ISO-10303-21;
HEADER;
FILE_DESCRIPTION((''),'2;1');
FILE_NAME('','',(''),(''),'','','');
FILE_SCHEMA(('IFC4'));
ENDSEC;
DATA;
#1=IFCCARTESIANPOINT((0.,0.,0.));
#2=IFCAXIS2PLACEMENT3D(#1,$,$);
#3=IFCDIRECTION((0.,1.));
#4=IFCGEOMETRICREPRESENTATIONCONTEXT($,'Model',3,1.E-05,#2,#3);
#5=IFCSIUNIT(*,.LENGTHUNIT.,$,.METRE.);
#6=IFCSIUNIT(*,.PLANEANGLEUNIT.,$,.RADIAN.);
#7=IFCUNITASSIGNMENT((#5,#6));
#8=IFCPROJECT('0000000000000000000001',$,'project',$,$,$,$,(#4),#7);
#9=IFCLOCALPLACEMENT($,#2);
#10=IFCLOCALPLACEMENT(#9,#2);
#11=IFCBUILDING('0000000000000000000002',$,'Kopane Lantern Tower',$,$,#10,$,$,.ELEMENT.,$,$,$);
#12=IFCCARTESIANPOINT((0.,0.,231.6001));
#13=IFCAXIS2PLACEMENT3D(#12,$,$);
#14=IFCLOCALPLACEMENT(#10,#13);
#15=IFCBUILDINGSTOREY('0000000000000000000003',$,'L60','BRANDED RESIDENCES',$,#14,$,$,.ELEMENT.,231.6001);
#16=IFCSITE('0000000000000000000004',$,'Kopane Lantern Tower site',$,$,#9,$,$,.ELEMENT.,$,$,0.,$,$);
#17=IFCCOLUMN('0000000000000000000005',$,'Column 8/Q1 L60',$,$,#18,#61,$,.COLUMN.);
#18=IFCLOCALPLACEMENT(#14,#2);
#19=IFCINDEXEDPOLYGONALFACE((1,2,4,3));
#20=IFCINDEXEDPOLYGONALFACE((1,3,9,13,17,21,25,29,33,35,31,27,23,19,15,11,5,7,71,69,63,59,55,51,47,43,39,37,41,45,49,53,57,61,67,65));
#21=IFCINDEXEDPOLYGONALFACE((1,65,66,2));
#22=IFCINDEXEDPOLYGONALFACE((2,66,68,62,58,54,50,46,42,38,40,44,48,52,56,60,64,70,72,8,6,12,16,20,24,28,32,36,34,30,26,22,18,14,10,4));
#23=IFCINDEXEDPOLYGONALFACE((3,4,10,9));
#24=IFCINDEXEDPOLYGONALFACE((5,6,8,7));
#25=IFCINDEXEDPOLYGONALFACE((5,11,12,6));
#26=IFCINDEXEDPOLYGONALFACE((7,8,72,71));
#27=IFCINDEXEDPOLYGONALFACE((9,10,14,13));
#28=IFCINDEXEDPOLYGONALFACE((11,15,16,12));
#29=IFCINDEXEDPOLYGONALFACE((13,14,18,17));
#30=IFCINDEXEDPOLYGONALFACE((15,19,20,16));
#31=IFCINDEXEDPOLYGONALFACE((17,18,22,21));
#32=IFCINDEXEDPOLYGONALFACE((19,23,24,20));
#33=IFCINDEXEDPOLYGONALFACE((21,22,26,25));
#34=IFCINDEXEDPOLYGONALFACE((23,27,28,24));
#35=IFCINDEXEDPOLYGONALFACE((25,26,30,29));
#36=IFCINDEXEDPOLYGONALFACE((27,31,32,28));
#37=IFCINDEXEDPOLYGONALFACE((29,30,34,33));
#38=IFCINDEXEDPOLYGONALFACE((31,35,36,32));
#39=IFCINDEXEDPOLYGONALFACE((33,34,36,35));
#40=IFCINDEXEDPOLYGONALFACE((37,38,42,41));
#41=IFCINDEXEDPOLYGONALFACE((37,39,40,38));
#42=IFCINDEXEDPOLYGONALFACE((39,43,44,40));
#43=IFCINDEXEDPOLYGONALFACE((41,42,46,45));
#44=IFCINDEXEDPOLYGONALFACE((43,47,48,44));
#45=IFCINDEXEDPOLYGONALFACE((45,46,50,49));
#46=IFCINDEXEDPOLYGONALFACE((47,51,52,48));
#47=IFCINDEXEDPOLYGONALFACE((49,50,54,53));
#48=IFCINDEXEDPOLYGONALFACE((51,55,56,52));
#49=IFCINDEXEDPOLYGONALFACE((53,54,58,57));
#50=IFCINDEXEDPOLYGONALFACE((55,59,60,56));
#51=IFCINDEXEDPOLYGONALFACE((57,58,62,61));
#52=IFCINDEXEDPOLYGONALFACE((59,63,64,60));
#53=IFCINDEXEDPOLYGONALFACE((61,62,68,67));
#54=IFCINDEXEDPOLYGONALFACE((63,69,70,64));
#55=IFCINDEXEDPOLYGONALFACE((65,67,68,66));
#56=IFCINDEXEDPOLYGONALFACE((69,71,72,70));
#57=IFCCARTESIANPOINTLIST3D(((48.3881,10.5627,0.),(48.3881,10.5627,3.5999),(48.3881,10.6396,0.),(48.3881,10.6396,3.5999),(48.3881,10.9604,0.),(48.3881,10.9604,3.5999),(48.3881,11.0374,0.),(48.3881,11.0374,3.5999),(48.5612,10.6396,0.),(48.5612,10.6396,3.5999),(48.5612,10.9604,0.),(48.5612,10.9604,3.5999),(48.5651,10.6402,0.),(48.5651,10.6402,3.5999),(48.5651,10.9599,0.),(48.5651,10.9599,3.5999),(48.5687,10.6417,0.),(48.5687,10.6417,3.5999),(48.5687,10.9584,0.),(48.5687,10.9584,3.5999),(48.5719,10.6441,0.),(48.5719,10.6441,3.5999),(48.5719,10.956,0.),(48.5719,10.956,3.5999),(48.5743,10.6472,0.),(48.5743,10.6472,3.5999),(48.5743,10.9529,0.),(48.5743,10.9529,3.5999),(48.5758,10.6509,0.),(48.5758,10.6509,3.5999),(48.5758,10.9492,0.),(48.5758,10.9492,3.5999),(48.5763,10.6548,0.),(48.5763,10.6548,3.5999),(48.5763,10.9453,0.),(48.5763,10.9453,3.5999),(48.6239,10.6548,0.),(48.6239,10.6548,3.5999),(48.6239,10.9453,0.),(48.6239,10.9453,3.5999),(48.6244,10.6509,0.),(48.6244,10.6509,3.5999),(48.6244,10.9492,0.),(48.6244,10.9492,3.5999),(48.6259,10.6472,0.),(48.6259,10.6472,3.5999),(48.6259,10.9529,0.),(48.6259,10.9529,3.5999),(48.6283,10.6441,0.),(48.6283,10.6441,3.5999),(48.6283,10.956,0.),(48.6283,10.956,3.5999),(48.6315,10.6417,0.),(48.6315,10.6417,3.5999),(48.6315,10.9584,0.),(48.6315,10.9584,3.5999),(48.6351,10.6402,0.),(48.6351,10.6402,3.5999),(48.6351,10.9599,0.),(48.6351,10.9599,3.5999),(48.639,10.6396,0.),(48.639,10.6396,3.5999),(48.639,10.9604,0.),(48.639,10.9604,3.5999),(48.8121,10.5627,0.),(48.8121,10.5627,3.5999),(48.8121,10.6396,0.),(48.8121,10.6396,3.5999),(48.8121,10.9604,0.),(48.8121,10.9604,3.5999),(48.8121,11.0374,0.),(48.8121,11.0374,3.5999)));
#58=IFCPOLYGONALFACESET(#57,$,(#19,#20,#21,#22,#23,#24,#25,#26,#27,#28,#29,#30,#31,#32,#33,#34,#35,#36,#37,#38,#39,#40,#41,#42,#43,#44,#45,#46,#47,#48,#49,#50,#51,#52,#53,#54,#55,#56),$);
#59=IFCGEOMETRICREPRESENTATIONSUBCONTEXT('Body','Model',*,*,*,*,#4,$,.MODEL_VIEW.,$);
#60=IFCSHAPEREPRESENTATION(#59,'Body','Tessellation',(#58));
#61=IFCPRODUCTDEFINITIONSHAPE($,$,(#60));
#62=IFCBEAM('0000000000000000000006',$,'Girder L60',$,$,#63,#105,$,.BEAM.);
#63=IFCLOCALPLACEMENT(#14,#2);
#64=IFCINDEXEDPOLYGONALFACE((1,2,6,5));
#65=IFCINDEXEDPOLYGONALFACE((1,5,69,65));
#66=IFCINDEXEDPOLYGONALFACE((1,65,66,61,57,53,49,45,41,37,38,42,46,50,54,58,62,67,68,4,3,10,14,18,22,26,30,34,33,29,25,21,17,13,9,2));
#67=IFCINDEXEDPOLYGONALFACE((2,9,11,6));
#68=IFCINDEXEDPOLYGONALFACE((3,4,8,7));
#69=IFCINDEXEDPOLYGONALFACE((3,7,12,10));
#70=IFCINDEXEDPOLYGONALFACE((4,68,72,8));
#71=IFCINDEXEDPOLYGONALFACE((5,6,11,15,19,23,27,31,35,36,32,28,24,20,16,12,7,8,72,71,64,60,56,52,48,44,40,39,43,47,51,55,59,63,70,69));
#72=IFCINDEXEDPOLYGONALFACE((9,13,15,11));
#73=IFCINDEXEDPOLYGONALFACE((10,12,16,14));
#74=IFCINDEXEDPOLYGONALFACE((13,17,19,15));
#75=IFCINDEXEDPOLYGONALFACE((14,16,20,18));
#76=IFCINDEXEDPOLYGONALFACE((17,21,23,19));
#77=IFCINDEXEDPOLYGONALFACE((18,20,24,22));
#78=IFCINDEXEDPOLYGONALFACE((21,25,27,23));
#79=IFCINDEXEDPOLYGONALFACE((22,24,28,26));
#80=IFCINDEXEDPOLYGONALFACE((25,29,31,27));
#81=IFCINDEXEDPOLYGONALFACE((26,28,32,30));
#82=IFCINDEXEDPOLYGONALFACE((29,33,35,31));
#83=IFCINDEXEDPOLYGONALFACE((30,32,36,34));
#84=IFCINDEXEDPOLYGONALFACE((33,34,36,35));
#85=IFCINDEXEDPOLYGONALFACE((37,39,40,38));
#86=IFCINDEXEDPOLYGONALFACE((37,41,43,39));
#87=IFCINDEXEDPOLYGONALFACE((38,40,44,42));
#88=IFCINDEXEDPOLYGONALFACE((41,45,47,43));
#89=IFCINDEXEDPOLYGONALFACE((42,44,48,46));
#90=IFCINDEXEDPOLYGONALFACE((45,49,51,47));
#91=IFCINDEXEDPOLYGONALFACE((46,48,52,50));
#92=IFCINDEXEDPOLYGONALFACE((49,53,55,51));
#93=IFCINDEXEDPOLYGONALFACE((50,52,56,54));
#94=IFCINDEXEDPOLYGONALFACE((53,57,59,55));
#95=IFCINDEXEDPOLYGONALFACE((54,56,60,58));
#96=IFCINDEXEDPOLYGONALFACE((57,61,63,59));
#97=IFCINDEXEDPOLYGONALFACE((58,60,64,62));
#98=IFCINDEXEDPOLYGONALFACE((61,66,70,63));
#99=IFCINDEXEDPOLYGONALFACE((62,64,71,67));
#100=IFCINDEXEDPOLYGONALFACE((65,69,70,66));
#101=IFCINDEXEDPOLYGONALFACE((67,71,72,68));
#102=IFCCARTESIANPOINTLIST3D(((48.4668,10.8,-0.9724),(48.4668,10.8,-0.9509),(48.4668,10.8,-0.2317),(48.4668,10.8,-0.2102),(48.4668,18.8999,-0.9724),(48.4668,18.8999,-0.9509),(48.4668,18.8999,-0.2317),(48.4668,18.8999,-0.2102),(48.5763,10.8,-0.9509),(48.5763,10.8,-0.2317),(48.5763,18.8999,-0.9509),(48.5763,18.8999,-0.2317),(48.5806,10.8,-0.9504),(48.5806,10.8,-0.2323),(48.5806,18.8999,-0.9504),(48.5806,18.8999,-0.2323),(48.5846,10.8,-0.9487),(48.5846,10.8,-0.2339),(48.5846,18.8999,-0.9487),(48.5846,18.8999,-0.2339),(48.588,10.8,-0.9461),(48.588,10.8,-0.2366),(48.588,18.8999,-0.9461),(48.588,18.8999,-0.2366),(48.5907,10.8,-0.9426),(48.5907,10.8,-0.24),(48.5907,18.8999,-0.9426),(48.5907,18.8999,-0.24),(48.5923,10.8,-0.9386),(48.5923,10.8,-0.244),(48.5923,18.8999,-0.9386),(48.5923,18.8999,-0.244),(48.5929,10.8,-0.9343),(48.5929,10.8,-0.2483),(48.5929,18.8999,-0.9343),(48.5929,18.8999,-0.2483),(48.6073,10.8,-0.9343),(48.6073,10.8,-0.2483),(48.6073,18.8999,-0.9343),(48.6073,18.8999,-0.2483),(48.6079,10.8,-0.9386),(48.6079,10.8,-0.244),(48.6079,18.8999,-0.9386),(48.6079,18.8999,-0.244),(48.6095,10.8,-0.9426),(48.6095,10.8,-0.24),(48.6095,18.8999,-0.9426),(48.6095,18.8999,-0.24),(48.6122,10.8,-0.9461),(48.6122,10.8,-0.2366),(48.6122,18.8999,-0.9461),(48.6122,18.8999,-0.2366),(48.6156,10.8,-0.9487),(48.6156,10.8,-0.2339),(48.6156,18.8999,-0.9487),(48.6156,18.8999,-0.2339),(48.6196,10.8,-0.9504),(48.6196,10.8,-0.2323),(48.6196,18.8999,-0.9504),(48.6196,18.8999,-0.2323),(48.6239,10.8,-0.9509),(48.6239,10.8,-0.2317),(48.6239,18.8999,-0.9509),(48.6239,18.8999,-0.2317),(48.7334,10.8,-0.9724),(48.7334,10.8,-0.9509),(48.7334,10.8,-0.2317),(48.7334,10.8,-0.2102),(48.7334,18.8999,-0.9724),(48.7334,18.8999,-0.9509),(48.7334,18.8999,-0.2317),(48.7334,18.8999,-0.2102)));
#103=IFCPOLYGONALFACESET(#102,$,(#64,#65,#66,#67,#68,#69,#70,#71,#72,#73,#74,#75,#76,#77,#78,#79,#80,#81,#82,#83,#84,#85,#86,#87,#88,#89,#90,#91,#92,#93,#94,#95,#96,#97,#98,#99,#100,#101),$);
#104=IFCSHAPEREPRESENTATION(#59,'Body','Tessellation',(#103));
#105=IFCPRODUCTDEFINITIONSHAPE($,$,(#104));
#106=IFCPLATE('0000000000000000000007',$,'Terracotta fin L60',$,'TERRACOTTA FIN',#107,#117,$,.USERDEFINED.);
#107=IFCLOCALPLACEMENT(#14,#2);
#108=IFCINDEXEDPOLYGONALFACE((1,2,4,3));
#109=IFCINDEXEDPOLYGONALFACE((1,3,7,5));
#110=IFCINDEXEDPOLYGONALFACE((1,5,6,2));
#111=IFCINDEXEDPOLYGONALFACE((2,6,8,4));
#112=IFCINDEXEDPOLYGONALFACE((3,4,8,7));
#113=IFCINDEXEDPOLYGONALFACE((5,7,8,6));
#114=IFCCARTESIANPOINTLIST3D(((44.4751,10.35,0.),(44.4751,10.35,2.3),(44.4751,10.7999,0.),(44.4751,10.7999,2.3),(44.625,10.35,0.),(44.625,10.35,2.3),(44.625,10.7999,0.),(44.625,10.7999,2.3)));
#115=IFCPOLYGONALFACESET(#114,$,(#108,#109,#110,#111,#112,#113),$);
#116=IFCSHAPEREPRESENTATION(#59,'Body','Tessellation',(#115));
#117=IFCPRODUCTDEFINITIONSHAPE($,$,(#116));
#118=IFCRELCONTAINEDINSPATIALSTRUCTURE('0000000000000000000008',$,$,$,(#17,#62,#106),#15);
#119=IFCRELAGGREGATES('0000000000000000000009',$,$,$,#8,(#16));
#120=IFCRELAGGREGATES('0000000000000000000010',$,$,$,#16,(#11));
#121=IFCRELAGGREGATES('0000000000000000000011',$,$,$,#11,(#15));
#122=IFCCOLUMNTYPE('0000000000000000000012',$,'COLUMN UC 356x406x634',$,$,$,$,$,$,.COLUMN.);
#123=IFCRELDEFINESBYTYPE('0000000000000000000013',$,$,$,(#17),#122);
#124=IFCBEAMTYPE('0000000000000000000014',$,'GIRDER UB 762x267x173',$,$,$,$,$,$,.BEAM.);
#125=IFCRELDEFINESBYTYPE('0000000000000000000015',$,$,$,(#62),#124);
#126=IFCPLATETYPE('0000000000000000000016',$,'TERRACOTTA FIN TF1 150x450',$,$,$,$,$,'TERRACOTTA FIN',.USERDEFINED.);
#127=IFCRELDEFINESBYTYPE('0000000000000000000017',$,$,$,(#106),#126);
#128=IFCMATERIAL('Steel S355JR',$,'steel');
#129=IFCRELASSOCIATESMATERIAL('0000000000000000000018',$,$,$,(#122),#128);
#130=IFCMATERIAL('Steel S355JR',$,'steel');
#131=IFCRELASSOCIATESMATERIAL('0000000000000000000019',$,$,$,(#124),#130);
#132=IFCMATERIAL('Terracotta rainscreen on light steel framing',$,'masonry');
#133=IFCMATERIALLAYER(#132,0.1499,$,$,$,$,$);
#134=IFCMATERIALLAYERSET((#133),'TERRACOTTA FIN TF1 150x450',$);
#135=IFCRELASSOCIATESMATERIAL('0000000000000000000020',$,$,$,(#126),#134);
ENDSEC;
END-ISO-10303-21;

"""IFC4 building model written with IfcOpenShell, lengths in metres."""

from ifc_helpers import new_model, si_unit, direction, frame, origin, origin_2d, place, context, subcontext, project, spatial, rectangle, i_section, extrude, material, layer, layer_set, material_profile, profile_set, type_object, element, save


model = new_model("IFC4")

# Units and contexts
model_context = context("Model", 3, precision=1e-05, world=origin(), true_north=direction((0.0, 1.0)))
body_context = subcontext(model_context, "Body", "Model", "MODEL_VIEW")
ifc_project = project(units=[si_unit("LENGTHUNIT", "METRE"), si_unit("PLANEANGLEUNIT", "RADIAN")], contexts=[model_context])

# Site, building, storey
site_placement = place(None, origin())
site = spatial("IfcSite", under=ifc_project, at=site_placement, Name="Kopane Lantern Tower site", CompositionType="ELEMENT", RefElevation=0.0)
building_placement = place(site_placement, origin())
building = spatial("IfcBuilding", under=site, at=building_placement, Name="Kopane Lantern Tower", CompositionType="ELEMENT")
storey_placement = place(building_placement, frame((0.0, 0.0, 231.6001)))
storey = spatial("IfcBuildingStorey", under=building, at=storey_placement, Name="L60", Description="BRANDED RESIDENCES", CompositionType="ELEMENT", Elevation=231.6001)

# Column
ifc_material_1 = material(Name="Steel S355JR", Category="steel")
ifc_material_profile_1 = material_profile(ifc_material_1, i_section(OverallWidth=0.4241, OverallDepth=0.4746, WebThickness=0.0476, FlangeThickness=0.0769, FilletRadius=0.0151, at=origin_2d()), Name="UC 356x406x634")
ifc_profile_set_1 = profile_set([ifc_material_profile_1], Name="Steel S355JR")
column_type = type_object("IfcColumnType", Name="COLUMN UC 356x406x634", PredefinedType="COLUMN", material=ifc_profile_set_1)
column_placement = place(storey_placement, frame((48.6001, 10.8, 0.0), z_axis=(0.0, 0.0, 1.0), x_axis=(1.0, 0.0, 0.0)))
element("IfcColumn", 1, at=column_placement, inside=storey, type_object=column_type, Name="Column 8/Q1 L60", PredefinedType="COLUMN", context=body_context, shape_type="SweptSolid", body=[
    extrude(i_section(OverallWidth=0.4241, OverallDepth=0.4746, WebThickness=0.0476, FlangeThickness=0.0769, FilletRadius=0.0151, at=origin_2d()), origin(), (0.0, 0.0, 1.0), 3.5999),
])

# Beam
ifc_material_2 = material(Name="Steel S355JR", Category="steel")
ifc_material_profile_2 = material_profile(ifc_material_2, i_section(OverallWidth=0.2666, OverallDepth=0.7622, WebThickness=0.0144, FlangeThickness=0.0215, FilletRadius=0.0166, at=origin_2d()), Name="UB 762x267x173")
ifc_profile_set_2 = profile_set([ifc_material_profile_2], Name="Steel S355JR")
beam_type = type_object("IfcBeamType", Name="GIRDER UB 762x267x173", PredefinedType="BEAM", material=ifc_profile_set_2)
beam_placement = place(storey_placement, frame((48.6001, 10.8, -0.5913), z_axis=(0.0, 1.0, 0.0), x_axis=(-1.0, 0.0, 0.0)))
element("IfcBeam", 2, at=beam_placement, inside=storey, type_object=beam_type, Name="Girder L60", PredefinedType="BEAM", context=body_context, shape_type="SweptSolid", body=[
    extrude(i_section(OverallWidth=0.2666, OverallDepth=0.7622, WebThickness=0.0144, FlangeThickness=0.0215, FilletRadius=0.0166, at=origin_2d()), origin(), (0.0, 0.0, 1.0), 8.0999),
])

# Plate
ifc_material_3 = material(Name="Terracotta rainscreen on light steel framing", Category="masonry")
ifc_layer_1 = layer(ifc_material_3, 0.1499)
ifc_layer_set_1 = layer_set([ifc_layer_1], Name="TERRACOTTA FIN TF1 150x450")
plate_type = type_object("IfcPlateType", Name="TERRACOTTA FIN TF1 150x450", ElementType="TERRACOTTA FIN", PredefinedType="USERDEFINED", material=ifc_layer_set_1)
plate_placement = place(storey_placement, frame((44.55, 10.575, 0.0), z_axis=(0.0, 0.0, 1.0), x_axis=(1.0, 0.0, 0.0)))
element("IfcPlate", 3, at=plate_placement, inside=storey, type_object=plate_type, Name="Terracotta fin L60", ObjectType="TERRACOTTA FIN", PredefinedType="USERDEFINED", context=body_context, shape_type="SweptSolid", body=[
    extrude(rectangle(XDim=0.1499, YDim=0.45, at=origin_2d()), origin(), (0.0, 0.0, 1.0), 2.3),
])

save(model, "model.ifc")
